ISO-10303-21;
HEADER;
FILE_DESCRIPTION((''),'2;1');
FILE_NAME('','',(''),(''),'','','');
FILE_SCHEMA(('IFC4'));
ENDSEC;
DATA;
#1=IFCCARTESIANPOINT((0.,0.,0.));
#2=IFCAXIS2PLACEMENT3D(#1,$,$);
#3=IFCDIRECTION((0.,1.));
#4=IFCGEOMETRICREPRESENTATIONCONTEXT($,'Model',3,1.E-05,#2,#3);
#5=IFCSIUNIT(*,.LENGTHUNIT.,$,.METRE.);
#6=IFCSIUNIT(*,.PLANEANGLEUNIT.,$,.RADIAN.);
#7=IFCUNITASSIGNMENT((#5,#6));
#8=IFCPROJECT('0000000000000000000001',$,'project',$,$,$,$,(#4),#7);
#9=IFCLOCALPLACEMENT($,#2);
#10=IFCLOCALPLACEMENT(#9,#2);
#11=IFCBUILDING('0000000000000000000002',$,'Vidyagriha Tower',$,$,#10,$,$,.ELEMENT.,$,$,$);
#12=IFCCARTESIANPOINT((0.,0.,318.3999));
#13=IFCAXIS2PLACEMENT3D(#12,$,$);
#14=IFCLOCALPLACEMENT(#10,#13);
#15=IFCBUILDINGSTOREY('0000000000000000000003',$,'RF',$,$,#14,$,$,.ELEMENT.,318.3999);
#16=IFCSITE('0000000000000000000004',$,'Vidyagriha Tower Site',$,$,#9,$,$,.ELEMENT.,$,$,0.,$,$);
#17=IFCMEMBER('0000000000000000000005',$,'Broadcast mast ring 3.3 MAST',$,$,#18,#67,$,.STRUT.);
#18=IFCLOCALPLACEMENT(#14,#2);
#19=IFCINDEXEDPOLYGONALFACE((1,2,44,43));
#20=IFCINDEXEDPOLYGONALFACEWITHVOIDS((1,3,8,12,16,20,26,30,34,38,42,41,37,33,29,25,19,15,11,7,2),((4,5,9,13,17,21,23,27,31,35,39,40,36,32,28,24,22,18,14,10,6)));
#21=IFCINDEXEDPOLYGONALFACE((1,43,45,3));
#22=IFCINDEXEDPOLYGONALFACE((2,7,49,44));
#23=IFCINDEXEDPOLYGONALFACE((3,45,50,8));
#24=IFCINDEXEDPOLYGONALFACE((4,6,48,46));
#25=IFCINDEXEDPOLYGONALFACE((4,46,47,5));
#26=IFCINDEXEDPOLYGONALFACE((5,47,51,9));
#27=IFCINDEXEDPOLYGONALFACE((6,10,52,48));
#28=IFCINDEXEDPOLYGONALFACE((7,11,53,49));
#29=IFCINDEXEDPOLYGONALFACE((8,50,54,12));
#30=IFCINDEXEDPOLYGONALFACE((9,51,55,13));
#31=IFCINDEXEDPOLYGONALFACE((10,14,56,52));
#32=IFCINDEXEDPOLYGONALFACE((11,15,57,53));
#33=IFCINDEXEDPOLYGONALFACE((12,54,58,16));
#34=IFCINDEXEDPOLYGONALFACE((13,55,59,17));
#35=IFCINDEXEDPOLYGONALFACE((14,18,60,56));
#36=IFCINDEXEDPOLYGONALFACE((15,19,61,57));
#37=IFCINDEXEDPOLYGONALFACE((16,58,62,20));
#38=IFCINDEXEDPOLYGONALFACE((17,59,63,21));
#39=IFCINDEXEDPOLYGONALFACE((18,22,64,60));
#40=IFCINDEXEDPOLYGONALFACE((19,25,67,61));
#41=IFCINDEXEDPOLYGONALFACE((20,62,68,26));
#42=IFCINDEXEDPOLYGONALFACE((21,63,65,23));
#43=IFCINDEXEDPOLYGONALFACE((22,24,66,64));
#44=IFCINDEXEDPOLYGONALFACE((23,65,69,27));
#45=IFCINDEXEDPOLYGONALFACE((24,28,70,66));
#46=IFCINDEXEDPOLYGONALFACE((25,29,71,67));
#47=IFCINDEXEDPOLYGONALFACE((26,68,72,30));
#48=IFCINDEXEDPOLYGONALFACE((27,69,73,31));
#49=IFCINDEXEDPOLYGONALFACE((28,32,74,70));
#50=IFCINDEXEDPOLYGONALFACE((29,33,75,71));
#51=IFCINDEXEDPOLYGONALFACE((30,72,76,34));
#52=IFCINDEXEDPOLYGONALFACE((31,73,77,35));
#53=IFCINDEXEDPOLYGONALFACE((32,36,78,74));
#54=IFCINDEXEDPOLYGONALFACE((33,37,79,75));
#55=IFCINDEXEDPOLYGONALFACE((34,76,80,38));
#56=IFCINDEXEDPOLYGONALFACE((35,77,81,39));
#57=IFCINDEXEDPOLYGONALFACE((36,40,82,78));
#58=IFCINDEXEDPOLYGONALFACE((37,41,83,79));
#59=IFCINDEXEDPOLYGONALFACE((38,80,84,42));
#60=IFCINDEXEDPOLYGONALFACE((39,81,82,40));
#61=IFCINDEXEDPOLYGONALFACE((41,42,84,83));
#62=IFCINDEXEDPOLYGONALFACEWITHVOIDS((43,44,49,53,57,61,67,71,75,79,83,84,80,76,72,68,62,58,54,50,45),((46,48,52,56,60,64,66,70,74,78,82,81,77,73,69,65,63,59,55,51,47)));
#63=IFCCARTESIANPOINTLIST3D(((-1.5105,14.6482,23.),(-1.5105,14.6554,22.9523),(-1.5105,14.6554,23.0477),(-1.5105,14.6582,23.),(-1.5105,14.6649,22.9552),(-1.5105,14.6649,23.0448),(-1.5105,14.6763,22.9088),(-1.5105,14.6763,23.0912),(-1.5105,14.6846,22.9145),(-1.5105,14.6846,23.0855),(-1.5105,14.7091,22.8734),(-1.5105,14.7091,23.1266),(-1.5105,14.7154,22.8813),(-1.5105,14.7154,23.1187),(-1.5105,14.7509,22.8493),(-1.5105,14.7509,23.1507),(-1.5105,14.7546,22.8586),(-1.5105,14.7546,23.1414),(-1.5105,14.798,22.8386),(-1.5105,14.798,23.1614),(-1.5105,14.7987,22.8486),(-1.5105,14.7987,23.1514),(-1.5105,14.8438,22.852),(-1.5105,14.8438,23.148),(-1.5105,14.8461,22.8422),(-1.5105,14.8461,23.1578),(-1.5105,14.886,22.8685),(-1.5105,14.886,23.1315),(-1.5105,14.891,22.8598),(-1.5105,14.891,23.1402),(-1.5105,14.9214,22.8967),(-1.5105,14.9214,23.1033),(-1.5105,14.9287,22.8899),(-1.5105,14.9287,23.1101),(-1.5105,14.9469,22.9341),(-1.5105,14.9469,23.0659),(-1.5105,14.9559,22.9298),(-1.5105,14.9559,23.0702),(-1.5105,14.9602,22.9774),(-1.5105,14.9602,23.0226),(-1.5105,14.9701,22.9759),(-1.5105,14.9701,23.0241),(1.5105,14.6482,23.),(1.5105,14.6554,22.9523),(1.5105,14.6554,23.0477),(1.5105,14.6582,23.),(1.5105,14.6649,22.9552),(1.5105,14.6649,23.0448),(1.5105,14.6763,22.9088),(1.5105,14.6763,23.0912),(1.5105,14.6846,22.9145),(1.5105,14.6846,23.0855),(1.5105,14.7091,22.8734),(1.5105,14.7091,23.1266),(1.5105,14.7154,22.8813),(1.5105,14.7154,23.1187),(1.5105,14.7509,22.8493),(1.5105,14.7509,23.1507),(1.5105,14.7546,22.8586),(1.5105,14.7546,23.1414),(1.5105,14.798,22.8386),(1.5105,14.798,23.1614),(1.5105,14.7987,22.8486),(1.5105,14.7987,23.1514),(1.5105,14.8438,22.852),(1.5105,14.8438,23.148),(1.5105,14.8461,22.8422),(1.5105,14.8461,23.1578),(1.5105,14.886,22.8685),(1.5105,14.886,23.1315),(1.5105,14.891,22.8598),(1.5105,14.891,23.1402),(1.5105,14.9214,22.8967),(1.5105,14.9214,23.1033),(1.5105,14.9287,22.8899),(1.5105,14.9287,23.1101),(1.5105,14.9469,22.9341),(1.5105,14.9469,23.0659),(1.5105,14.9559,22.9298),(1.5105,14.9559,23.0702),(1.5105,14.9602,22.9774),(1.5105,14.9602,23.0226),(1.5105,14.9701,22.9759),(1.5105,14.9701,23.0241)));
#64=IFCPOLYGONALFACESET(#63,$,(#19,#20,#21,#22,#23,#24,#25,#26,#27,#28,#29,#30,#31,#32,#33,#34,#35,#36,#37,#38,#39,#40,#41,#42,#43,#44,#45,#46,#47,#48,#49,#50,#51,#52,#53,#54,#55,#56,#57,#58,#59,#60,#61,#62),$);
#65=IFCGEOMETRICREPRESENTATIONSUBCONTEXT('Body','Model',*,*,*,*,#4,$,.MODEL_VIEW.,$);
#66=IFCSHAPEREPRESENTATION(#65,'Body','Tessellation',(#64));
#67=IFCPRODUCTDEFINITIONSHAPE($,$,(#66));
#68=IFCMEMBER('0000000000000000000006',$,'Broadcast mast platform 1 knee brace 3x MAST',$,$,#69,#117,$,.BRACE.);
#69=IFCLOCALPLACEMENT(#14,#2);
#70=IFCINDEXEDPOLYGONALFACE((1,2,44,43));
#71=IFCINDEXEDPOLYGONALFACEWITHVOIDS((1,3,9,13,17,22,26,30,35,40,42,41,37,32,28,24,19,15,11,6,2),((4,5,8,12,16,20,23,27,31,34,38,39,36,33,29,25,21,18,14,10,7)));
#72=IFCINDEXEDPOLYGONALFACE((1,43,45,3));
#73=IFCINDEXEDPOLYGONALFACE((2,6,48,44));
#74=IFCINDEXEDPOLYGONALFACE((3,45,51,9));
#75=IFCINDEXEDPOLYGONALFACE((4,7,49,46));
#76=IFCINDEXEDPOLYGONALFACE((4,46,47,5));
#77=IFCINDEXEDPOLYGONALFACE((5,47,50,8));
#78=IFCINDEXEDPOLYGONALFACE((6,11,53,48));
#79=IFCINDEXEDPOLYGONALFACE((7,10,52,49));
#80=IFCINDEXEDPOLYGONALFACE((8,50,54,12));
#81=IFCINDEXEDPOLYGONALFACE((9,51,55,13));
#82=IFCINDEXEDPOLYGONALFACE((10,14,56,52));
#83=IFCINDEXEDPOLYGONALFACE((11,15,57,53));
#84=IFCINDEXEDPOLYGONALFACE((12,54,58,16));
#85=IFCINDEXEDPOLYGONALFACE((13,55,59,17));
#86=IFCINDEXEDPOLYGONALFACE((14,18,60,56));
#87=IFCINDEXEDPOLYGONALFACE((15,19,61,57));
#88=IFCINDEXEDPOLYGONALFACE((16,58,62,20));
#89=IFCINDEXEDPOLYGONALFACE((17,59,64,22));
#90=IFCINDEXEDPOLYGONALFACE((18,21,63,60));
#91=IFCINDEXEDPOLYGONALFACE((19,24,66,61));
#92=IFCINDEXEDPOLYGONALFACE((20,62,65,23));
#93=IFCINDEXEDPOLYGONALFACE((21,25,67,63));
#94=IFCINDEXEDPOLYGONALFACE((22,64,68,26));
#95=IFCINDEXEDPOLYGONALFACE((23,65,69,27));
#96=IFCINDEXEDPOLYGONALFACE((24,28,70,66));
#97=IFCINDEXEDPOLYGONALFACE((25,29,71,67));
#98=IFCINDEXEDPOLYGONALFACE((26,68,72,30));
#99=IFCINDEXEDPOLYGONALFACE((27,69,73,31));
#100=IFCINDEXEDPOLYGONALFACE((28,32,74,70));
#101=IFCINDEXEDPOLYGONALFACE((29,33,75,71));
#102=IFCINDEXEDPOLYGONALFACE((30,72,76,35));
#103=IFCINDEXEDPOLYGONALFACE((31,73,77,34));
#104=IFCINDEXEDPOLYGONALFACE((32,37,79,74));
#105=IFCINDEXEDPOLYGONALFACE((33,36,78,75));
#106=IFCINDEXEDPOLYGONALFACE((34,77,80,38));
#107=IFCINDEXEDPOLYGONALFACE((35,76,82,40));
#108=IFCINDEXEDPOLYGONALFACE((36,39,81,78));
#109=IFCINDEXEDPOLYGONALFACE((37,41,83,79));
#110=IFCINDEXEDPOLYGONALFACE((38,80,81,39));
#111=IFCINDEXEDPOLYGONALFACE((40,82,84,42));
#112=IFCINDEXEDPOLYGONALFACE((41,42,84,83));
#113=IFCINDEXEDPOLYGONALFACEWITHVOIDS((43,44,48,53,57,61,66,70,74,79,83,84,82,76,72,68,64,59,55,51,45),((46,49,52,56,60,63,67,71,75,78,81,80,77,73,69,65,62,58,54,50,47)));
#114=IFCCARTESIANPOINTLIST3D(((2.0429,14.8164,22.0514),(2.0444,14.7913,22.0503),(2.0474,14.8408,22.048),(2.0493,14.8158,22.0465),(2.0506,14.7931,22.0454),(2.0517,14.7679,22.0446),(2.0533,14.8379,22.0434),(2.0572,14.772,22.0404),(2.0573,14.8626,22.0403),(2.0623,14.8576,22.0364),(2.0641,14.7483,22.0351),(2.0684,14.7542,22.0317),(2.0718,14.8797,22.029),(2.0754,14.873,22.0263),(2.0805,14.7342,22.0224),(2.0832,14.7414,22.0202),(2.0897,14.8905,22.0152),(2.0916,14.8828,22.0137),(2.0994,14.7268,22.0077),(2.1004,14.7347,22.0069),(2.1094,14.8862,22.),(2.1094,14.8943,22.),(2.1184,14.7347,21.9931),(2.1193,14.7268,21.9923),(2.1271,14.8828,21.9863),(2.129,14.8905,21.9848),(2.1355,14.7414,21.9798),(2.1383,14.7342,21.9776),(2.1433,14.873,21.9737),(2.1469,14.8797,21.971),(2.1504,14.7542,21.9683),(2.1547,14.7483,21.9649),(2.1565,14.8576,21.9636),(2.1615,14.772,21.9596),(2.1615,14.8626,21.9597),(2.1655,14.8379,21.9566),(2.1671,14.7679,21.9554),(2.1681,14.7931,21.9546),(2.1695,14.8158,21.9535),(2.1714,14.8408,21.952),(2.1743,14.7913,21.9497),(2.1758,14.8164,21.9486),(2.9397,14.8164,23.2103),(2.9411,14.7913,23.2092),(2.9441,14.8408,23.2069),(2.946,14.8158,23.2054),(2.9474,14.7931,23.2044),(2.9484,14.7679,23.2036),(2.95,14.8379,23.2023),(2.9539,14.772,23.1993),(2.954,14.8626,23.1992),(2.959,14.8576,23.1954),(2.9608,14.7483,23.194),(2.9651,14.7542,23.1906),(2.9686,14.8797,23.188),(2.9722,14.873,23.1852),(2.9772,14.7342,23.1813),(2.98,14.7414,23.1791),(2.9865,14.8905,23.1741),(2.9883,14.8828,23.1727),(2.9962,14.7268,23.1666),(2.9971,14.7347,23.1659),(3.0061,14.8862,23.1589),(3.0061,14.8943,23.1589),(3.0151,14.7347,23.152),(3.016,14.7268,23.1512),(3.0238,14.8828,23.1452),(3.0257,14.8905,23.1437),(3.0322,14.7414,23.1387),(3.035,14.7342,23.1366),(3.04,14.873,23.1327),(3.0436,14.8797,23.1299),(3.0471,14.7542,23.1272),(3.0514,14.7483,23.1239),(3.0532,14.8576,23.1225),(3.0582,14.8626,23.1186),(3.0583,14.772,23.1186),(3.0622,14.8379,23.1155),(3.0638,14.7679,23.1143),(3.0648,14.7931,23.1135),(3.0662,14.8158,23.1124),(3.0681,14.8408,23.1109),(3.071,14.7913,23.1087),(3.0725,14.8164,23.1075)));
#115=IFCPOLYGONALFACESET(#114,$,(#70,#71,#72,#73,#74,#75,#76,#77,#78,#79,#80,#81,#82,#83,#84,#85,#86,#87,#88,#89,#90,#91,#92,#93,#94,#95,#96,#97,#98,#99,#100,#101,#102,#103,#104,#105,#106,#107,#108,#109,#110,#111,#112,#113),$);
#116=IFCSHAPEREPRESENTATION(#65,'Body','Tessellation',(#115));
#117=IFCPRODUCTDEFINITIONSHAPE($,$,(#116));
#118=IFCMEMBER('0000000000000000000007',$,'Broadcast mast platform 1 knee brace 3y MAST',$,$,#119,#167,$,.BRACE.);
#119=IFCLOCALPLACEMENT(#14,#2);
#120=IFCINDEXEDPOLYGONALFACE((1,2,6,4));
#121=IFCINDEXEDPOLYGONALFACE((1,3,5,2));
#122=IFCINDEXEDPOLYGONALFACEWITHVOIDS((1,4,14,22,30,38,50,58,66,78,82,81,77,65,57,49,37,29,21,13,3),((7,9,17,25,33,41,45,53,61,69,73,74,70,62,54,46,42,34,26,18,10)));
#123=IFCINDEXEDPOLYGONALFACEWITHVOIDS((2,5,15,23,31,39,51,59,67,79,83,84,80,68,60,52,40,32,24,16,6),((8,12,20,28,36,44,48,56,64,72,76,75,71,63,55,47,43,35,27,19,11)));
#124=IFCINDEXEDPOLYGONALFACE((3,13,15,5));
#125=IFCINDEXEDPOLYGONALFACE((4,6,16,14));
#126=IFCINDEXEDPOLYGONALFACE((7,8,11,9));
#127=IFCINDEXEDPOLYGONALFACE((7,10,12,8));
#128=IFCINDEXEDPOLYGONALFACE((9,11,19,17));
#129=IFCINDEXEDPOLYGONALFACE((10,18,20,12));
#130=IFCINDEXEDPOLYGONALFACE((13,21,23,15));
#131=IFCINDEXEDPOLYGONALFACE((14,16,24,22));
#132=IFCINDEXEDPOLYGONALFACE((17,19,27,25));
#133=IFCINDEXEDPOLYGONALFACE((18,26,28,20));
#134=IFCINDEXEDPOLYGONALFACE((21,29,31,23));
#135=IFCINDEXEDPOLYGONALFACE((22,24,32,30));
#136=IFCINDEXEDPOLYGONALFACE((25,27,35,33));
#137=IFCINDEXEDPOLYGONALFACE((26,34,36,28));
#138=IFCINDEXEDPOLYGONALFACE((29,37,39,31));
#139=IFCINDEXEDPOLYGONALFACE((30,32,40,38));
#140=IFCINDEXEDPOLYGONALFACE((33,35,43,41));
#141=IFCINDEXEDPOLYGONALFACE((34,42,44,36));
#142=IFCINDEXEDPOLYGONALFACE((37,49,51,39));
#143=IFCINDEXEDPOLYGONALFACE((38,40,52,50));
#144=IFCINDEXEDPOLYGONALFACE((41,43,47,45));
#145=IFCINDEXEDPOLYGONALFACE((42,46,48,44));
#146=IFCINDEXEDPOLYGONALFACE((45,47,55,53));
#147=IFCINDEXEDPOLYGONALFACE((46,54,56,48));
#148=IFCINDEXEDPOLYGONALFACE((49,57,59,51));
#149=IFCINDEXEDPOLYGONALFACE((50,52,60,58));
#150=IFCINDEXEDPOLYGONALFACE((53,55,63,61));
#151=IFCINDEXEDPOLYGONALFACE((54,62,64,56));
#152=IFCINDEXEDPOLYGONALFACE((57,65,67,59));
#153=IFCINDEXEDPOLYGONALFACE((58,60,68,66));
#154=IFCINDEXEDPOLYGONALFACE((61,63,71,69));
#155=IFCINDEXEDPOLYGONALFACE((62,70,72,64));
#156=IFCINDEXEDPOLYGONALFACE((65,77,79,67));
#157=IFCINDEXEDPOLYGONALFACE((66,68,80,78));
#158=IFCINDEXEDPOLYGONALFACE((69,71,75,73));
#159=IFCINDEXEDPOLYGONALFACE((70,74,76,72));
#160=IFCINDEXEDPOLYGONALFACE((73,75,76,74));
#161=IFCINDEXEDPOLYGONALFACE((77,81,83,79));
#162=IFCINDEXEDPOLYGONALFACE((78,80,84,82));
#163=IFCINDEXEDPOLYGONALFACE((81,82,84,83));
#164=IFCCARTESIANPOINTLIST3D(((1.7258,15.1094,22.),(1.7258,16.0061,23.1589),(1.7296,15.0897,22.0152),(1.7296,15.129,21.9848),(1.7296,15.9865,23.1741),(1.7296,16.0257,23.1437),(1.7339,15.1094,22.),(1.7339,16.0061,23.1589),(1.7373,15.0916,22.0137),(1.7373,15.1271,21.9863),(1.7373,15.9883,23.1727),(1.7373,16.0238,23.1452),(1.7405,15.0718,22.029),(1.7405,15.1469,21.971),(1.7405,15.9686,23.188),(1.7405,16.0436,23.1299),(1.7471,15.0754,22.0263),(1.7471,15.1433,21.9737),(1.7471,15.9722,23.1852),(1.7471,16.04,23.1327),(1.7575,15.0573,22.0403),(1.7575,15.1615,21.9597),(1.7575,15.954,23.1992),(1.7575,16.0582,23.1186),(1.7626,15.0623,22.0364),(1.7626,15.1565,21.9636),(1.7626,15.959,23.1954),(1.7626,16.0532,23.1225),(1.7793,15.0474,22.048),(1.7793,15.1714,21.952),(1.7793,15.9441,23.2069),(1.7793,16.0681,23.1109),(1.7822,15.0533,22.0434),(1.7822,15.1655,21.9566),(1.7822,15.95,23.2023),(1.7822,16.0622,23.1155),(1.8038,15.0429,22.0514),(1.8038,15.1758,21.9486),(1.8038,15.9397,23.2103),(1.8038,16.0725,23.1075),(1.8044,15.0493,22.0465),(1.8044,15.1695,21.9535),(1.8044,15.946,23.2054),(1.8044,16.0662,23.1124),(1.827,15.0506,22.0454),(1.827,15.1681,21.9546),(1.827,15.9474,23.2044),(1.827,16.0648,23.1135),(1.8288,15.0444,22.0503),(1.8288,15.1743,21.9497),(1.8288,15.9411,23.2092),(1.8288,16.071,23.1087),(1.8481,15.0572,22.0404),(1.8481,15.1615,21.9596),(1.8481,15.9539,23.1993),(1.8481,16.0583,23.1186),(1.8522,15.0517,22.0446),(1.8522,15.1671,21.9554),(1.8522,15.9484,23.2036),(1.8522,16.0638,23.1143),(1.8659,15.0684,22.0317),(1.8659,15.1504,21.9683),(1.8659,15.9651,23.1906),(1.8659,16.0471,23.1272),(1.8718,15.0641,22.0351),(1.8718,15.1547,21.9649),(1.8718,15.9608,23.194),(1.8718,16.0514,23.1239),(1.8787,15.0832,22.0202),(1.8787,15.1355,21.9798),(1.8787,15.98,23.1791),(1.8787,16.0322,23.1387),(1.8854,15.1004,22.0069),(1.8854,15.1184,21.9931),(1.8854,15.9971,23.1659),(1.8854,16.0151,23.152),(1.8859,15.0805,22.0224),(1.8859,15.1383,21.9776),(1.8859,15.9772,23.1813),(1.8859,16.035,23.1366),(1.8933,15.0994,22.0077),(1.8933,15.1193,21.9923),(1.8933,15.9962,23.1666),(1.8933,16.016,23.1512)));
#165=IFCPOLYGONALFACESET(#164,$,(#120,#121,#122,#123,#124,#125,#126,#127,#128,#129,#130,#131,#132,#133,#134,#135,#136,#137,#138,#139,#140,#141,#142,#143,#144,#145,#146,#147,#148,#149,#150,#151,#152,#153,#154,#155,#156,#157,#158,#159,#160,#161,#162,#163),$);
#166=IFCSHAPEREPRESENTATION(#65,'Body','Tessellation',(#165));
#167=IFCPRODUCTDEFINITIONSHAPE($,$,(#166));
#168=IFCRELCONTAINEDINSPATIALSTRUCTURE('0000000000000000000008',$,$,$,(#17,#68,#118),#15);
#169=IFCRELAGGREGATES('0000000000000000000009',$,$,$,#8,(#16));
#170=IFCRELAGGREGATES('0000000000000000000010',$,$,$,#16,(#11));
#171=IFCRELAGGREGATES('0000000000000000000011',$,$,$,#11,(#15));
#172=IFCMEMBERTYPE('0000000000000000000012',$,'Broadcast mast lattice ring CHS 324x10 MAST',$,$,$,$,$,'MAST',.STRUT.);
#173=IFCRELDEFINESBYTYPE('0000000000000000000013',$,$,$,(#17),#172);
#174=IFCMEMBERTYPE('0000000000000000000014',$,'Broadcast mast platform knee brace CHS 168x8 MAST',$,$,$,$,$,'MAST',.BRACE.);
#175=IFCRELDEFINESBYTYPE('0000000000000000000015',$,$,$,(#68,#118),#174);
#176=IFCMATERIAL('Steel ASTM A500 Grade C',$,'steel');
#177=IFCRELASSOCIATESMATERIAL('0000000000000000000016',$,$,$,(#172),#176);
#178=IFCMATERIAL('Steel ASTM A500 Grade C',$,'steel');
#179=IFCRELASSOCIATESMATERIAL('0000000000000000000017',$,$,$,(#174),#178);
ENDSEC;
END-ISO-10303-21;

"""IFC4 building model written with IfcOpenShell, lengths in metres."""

from ifc_helpers import new_model, si_unit, direction, frame, origin, origin_2d, place, context, subcontext, project, spatial, hollow_circle, extrude, material, material_profile, profile_set, type_object, element, save


model = new_model("IFC4")

# Units and contexts
model_context = context("Model", 3, precision=1e-05, world=origin(), true_north=direction((0.0, 1.0)))
body_context = subcontext(model_context, "Body", "Model", "MODEL_VIEW")
ifc_project = project(units=[si_unit("LENGTHUNIT", "METRE"), si_unit("PLANEANGLEUNIT", "RADIAN")], contexts=[model_context])

# Site, building, storey
site_placement = place(None, origin())
site = spatial("IfcSite", under=ifc_project, at=site_placement, Name="Vidyagriha Tower Site", CompositionType="ELEMENT", RefElevation=0.0)
building_placement = place(site_placement, origin())
building = spatial("IfcBuilding", under=site, at=building_placement, Name="Vidyagriha Tower", CompositionType="ELEMENT")
storey_placement = place(building_placement, frame((0.0, 0.0, 318.3999)))
storey = spatial("IfcBuildingStorey", under=building, at=storey_placement, Name="RF", CompositionType="ELEMENT", Elevation=318.3999)

# Members
ifc_material_1 = material(Name="Steel ASTM A500 Grade C", Category="steel")
ifc_material_profile_1 = material_profile(ifc_material_1, hollow_circle(Radius=0.1619, WallThickness=0.01, at=origin_2d()), Name="Broadcast mast lattice ring CHS 324x10 MAST")
ifc_profile_set_1 = profile_set([ifc_material_profile_1], Name="Steel ASTM A500 Grade C")
member_type_1 = type_object("IfcMemberType", Name="Broadcast mast lattice ring CHS 324x10 MAST", ElementType="MAST", PredefinedType="STRUT", material=ifc_profile_set_1)
member_1_placement = place(storey_placement, frame((1.5105, 14.8101, 23.0), z_axis=(-1.0, 0.0, 0.0), x_axis=(0.0, -1.0, 0.0)))
element("IfcMember", 1, at=member_1_placement, inside=storey, type_object=member_type_1, Name="Broadcast mast ring 3.3 MAST", PredefinedType="STRUT", context=body_context, shape_type="SweptSolid", body=[
    extrude(hollow_circle(Radius=0.1619, WallThickness=0.01, at=origin_2d()), origin(), (0.0, 0.0, 1.0), 3.021),
])
ifc_material_2 = material(Name="Steel ASTM A500 Grade C", Category="steel")
ifc_material_profile_2 = material_profile(ifc_material_2, hollow_circle(Radius=0.0842, WallThickness=0.0081, at=origin_2d()), Name="Broadcast mast platform knee brace CHS 168x8 MAST")
ifc_profile_set_2 = profile_set([ifc_material_profile_2], Name="Steel ASTM A500 Grade C")
member_type_2 = type_object("IfcMemberType", Name="Broadcast mast platform knee brace CHS 168x8 MAST", ElementType="MAST", PredefinedType="BRACE", material=ifc_profile_set_2)
for number, where, z_axis, x_axis, name in (
    (2, (2.1094, 14.8101, 22.0), (0.611955, 0.0, 0.790893), (0.0, 1.0, 0.0), "Broadcast mast platform 1 knee brace 3x MAST"),
    (3, (1.8101, 15.1094, 22.0), (0.0, 0.611955, 0.790893), (-1.0, 0.0, 0.0), "Broadcast mast platform 1 knee brace 3y MAST"),
):
    element("IfcMember", number, at=place(storey_placement, frame(where, z_axis=z_axis, x_axis=x_axis)), inside=storey, type_object=member_type_2, Name=name, PredefinedType="BRACE", context=body_context, shape_type="SweptSolid", body=[
        extrude(hollow_circle(Radius=0.0842, WallThickness=0.0081, at=origin_2d()), origin(), (0.0, 0.0, 1.0), 1.4653),
    ])

save(model, "model.ifc")
